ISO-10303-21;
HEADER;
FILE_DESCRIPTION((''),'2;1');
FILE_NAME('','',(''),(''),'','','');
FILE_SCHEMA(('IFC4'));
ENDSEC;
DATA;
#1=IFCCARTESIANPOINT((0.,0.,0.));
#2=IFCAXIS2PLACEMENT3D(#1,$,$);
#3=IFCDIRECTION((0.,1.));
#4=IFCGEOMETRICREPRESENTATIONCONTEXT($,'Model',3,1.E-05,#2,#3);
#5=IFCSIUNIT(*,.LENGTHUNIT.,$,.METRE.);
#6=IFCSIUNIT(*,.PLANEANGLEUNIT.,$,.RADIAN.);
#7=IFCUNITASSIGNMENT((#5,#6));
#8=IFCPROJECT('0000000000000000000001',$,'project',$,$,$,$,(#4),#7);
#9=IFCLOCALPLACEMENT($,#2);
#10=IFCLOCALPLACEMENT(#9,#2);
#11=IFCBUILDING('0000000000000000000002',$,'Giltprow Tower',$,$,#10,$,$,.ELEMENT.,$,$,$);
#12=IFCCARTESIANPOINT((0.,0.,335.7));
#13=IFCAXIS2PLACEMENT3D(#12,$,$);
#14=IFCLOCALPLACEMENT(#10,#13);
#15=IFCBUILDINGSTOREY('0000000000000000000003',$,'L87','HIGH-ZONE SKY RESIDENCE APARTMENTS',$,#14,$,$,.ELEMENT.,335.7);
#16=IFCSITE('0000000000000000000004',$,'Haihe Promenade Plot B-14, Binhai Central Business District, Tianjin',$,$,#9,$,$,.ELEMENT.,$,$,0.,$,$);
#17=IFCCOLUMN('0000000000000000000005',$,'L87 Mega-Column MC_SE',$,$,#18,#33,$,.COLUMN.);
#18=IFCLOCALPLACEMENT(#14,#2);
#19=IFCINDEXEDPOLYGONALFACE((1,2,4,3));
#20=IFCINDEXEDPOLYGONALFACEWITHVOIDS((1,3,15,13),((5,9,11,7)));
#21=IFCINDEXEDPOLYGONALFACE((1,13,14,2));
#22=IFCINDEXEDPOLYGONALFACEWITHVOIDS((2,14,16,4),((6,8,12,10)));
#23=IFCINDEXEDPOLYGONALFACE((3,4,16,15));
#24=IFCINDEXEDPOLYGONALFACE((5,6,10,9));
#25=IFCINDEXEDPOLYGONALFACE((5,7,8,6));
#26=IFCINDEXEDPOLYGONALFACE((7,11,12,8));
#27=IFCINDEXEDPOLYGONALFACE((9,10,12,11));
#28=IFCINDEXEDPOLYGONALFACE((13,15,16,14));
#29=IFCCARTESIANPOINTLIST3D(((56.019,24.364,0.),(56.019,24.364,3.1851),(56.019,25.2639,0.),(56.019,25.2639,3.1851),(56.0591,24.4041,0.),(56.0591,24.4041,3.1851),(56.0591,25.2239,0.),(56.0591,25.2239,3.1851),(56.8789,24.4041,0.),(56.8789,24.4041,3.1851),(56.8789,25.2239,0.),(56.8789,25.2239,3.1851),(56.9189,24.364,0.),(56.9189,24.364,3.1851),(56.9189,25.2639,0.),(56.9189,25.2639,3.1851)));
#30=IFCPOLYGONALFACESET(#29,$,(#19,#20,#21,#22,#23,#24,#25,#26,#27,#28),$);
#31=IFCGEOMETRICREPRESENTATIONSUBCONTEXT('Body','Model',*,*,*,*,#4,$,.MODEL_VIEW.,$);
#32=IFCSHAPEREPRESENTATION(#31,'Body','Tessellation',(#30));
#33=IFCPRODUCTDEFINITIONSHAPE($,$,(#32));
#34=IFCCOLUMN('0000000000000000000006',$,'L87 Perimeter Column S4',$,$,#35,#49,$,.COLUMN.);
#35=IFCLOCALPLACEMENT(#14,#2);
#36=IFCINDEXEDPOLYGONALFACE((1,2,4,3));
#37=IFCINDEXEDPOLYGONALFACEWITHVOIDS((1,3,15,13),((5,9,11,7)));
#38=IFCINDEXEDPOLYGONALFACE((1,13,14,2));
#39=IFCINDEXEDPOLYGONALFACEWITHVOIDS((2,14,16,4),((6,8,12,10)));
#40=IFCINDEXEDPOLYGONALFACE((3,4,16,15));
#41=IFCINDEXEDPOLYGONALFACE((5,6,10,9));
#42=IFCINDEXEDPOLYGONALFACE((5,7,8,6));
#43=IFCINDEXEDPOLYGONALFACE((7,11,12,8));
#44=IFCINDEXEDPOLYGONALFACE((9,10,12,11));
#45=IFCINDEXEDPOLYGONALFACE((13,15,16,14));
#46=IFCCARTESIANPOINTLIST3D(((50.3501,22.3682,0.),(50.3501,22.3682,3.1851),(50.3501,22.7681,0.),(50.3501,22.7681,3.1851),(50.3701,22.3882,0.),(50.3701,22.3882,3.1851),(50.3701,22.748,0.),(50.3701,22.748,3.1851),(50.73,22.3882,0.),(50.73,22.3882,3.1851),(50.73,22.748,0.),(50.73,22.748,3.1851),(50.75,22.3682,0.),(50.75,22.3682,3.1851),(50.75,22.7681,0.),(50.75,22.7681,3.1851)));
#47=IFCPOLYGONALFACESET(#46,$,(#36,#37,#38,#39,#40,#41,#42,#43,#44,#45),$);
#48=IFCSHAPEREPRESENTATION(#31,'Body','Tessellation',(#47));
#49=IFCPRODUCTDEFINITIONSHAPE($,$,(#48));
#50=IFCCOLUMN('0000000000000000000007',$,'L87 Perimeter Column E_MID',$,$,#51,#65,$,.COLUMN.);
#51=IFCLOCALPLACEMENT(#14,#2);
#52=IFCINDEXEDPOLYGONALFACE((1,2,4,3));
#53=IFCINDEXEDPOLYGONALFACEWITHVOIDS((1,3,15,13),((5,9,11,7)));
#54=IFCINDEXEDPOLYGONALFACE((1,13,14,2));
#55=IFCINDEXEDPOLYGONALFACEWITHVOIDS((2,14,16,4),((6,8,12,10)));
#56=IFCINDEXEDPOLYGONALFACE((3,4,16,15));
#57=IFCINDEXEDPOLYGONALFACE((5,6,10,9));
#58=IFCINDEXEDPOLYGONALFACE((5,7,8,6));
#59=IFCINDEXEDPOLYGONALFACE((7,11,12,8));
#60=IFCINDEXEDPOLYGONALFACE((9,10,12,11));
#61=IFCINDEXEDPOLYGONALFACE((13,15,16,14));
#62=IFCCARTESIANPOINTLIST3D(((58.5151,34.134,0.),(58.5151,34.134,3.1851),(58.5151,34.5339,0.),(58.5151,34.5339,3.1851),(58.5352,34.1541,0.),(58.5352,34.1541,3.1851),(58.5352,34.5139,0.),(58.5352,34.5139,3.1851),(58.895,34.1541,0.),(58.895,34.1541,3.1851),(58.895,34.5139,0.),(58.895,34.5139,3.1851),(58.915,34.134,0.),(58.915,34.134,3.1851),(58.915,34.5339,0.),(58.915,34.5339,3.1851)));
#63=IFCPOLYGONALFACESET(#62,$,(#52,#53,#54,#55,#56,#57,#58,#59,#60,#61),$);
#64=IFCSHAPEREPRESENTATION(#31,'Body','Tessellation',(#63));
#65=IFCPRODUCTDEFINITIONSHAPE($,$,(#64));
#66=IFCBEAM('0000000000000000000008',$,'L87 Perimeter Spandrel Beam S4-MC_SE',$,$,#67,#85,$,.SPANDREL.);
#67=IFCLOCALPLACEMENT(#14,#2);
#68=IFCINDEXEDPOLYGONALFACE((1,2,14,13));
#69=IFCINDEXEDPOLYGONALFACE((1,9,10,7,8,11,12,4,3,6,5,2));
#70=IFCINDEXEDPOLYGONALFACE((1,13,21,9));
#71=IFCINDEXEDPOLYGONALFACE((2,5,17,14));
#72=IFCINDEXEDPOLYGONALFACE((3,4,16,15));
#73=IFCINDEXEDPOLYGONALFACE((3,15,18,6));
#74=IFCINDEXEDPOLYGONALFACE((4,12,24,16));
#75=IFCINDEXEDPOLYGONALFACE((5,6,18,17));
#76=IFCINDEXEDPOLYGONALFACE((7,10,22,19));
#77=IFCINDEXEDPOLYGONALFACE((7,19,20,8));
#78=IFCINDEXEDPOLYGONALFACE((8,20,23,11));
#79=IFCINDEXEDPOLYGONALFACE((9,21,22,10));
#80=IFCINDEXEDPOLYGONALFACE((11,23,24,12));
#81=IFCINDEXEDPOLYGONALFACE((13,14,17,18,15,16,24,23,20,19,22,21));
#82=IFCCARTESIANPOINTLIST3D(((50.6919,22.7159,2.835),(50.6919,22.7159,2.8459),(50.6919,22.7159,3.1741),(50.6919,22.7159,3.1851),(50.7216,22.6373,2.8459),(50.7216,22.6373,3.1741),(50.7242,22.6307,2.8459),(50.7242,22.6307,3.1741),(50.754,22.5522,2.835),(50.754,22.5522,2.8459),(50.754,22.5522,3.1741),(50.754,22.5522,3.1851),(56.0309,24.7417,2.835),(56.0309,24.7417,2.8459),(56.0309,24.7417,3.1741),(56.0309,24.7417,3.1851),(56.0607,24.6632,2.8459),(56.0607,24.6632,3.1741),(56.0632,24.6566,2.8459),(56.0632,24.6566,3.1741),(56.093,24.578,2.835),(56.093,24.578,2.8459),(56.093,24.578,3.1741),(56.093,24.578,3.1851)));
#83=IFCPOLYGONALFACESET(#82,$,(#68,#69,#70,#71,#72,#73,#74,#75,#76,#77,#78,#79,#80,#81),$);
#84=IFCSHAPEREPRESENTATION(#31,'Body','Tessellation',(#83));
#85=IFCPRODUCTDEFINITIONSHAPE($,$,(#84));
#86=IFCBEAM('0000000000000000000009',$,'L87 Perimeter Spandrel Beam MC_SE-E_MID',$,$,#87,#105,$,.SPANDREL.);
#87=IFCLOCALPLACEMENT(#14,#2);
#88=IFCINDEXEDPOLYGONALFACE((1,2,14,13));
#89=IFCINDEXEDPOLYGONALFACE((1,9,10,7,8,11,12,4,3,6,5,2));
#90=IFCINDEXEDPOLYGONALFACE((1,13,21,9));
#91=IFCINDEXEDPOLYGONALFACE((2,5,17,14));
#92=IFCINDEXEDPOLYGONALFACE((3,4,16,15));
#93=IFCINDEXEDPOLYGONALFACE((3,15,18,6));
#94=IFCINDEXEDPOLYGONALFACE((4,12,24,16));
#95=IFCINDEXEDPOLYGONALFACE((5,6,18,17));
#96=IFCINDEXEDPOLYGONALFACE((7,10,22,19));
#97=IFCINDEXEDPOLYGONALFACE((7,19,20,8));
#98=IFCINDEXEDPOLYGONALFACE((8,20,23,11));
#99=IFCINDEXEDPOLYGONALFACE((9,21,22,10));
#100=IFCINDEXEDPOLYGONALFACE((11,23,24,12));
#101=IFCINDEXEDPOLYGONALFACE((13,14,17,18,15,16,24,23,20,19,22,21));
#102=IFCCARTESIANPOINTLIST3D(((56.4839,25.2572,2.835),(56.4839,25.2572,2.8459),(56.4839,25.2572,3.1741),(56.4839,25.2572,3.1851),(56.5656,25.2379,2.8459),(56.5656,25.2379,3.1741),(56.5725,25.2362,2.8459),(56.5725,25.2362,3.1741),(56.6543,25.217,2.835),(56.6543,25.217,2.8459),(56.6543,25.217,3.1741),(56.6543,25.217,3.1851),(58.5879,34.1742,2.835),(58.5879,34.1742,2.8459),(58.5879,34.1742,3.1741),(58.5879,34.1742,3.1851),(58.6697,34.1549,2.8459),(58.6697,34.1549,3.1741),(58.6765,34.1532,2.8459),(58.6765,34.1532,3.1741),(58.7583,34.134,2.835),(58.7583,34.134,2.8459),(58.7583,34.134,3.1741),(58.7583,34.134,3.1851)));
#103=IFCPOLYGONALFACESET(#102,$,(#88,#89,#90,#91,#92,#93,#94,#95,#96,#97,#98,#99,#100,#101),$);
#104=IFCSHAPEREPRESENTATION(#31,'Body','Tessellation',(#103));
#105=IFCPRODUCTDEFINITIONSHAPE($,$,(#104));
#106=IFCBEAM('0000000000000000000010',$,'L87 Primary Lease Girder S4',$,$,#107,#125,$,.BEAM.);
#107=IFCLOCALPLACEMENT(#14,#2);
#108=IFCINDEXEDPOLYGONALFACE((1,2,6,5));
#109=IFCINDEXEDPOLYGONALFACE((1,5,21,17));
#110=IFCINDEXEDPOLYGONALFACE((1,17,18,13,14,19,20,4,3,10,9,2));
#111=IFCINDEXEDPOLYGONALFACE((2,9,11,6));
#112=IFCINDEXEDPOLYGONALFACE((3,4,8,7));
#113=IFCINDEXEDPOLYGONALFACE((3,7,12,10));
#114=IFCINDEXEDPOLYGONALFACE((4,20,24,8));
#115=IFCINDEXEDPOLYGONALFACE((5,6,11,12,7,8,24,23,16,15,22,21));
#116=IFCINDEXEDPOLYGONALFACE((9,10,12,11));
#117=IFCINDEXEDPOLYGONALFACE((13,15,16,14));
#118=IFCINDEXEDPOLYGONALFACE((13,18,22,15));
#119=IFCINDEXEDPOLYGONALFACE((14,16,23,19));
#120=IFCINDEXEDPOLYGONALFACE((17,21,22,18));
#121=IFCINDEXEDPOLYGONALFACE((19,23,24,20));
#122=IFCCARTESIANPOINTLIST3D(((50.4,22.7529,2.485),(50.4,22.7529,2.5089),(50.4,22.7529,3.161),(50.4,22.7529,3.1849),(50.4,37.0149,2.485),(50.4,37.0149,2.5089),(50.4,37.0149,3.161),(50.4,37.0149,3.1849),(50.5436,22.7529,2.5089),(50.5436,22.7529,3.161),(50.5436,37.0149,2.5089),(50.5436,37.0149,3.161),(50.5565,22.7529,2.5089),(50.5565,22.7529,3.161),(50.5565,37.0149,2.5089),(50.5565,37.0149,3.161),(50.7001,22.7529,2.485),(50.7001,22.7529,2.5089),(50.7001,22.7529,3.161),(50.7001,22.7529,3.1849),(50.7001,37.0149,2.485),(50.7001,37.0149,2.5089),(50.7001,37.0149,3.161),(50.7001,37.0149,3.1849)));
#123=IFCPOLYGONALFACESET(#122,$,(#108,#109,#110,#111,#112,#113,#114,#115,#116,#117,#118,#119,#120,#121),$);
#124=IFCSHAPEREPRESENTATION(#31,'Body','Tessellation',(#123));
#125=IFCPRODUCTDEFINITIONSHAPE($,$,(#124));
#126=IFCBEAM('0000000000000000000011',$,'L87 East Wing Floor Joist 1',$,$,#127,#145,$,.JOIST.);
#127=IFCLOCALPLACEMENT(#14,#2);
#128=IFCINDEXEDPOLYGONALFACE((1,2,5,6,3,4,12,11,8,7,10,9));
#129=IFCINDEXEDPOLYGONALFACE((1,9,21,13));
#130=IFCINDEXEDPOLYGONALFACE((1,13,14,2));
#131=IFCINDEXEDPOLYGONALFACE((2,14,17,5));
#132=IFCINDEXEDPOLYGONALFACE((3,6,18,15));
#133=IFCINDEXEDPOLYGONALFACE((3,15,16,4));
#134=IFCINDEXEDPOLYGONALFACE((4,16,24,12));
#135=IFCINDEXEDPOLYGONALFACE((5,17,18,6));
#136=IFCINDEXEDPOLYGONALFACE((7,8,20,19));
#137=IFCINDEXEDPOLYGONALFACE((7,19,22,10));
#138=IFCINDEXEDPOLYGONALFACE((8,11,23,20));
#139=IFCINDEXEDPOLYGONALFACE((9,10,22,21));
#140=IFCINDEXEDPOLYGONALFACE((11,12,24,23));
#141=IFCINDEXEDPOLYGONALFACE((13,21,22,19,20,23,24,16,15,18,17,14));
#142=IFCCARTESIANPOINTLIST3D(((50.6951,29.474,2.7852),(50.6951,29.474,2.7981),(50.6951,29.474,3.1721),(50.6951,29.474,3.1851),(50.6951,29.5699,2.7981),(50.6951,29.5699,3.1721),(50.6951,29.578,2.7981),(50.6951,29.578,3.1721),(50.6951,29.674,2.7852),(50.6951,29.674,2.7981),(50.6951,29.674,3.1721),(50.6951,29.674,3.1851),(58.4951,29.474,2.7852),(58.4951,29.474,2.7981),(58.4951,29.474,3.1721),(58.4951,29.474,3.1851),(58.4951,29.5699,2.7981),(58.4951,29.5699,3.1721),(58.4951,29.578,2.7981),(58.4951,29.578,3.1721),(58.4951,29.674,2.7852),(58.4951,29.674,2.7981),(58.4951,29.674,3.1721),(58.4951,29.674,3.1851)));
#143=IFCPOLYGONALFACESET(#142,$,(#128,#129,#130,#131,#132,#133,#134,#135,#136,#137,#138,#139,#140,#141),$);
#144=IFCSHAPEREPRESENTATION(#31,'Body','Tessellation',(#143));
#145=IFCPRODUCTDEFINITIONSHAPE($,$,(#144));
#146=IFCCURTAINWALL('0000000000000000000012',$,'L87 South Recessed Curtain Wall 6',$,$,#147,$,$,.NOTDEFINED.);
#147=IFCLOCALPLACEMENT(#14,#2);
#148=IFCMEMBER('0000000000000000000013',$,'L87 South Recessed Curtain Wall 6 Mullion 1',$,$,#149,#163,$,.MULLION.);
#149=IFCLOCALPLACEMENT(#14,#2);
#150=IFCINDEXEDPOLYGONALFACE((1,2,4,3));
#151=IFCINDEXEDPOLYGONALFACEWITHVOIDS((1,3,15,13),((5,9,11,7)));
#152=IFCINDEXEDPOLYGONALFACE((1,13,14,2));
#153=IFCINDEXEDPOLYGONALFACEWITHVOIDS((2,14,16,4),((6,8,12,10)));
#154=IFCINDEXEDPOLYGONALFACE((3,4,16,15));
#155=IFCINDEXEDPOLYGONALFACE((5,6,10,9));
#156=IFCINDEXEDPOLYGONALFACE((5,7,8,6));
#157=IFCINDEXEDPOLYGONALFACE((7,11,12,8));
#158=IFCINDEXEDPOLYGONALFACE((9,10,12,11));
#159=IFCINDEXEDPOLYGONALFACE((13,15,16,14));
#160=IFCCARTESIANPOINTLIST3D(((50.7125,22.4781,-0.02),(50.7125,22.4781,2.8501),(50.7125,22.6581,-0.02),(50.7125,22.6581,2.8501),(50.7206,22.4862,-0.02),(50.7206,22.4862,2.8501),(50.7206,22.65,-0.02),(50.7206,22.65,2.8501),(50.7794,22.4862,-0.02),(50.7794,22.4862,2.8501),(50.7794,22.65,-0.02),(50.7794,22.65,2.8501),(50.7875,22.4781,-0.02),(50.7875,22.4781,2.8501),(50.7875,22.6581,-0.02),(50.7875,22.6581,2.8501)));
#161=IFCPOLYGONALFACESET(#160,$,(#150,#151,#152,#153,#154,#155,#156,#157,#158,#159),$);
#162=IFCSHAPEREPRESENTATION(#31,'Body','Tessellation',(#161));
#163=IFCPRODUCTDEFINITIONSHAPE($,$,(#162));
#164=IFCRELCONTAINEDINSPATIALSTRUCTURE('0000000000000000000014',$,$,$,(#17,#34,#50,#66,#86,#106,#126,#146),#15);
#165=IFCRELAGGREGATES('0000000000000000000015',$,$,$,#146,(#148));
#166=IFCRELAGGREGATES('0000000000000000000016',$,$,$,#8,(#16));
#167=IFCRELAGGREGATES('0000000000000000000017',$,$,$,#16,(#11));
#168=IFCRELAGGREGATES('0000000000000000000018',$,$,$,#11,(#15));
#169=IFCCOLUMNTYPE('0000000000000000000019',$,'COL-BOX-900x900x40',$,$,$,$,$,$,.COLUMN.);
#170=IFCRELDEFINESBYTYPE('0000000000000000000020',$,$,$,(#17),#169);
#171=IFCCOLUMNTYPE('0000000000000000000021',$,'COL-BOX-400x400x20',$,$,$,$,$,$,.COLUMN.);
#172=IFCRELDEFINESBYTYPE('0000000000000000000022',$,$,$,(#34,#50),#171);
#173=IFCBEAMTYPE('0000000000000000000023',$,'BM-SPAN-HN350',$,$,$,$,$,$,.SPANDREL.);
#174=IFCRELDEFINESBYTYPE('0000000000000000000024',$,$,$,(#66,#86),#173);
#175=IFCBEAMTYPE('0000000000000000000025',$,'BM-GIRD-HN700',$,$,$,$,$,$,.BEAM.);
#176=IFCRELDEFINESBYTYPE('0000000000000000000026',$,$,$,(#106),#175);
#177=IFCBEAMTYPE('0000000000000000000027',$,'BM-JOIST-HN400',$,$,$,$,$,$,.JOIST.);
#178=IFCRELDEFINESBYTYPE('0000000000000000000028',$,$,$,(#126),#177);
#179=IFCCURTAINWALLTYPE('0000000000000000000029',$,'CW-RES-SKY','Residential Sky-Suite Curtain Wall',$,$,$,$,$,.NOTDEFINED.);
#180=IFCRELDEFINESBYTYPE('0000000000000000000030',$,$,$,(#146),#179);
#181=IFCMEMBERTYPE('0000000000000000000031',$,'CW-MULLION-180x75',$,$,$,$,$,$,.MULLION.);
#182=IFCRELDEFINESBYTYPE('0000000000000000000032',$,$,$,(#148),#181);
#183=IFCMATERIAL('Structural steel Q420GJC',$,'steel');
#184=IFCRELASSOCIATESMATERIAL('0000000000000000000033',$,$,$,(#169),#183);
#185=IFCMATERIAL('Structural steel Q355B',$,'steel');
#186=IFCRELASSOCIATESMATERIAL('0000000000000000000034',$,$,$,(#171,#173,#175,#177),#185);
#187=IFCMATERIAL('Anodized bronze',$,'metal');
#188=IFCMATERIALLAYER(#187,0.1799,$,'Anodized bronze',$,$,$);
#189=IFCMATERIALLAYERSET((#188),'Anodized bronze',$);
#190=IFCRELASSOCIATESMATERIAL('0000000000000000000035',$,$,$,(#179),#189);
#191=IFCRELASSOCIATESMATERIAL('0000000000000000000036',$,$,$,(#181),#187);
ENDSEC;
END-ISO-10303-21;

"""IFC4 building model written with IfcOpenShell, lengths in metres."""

from ifc_helpers import new_model, si_unit, direction, frame, origin, origin_2d, place, context, subcontext, project, spatial, hollow_rectangle, i_section, extrude, source, transform, mapped, material, layer, layer_set, material_profile, profile_set, type_object, element, aggregate, save


model = new_model("IFC4")

# Units and contexts
model_context = context("Model", 3, precision=1e-05, world=origin(), true_north=direction((0.0, 1.0)))
body_context = subcontext(model_context, "Body", "Model", "MODEL_VIEW")
ifc_project = project(units=[si_unit("LENGTHUNIT", "METRE"), si_unit("PLANEANGLEUNIT", "RADIAN")], contexts=[model_context])

# Site, building, storey
site_placement = place(None, origin())
site = spatial("IfcSite", under=ifc_project, at=site_placement, Name="Haihe Promenade Plot B-14, Binhai Central Business District, Tianjin", CompositionType="ELEMENT", RefElevation=0.0)
building_placement = place(site_placement, origin())
building = spatial("IfcBuilding", under=site, at=building_placement, Name="Giltprow Tower", CompositionType="ELEMENT")
storey_placement = place(building_placement, frame((0.0, 0.0, 335.7)))
storey = spatial("IfcBuildingStorey", under=building, at=storey_placement, Name="L87", Description="HIGH-ZONE SKY RESIDENCE APARTMENTS", CompositionType="ELEMENT", Elevation=335.7)

# Columns
ifc_material_1 = material(Name="Structural steel Q420GJC", Category="steel")
ifc_material_profile_1 = material_profile(ifc_material_1, hollow_rectangle(XDim=0.8999, YDim=0.8999, WallThickness=0.04, at=origin_2d()), Name="BOX 900x900x40")
ifc_profile_set_1 = profile_set([ifc_material_profile_1], Name="Structural steel Q420GJC")
column_type_1 = type_object("IfcColumnType", Name="COL-BOX-900x900x40", PredefinedType="COLUMN", material=ifc_profile_set_1)
shared_shape_1 = source(origin(), body_context, "Body", "SweptSolid", [
    extrude(hollow_rectangle(XDim=0.8999, YDim=0.8999, WallThickness=0.04, at=origin_2d()), origin(), (0.0, 0.0, 1.0), 3.1851),
])
column_placement = place(storey_placement, frame((56.469, 24.814, 0.0), z_axis=(0.0, 0.0, 1.0), x_axis=(1.0, 0.0, 0.0)))
element("IfcColumn", 1, at=column_placement, inside=storey, type_object=column_type_1, Name="L87 Mega-Column MC_SE", PredefinedType="COLUMN", context=body_context, shape_type="MappedRepresentation", body=[
    mapped(shared_shape_1, transform((0.0, 0.0, 0.0), x_axis=(1.0, 0.0, 0.0), y_axis=(0.0, 1.0, 0.0), z_axis=(0.0, 0.0, 1.0), scale=1.0)),
])
ifc_material_2 = material(Name="Structural steel Q355B", Category="steel")
ifc_material_profile_2 = material_profile(ifc_material_2, hollow_rectangle(XDim=0.3999, YDim=0.3999, WallThickness=0.02, at=origin_2d()), Name="BOX 400x400x20")
ifc_profile_set_2 = profile_set([ifc_material_profile_2], Name="Structural steel Q355B")
column_type_2 = type_object("IfcColumnType", Name="COL-BOX-400x400x20", PredefinedType="COLUMN", material=ifc_profile_set_2)
shared_shape_2 = source(origin(), body_context, "Body", "SweptSolid", [
    extrude(hollow_rectangle(XDim=0.3999, YDim=0.3999, WallThickness=0.02, at=origin_2d()), origin(), (0.0, 0.0, 1.0), 3.1851),
])
for number, where, z_axis, x_axis, name in (
    (2, (50.55, 22.5681, 0.0), (0.0, 0.0, 1.0), (1.0, 0.0, 0.0), "L87 Perimeter Column S4"),
    (3, (58.7151, 34.334, 0.0), (0.0, 0.0, 1.0), (1.0, 0.0, 0.0), "L87 Perimeter Column E_MID"),
):
    element("IfcColumn", number, at=place(storey_placement, frame(where, z_axis=z_axis, x_axis=x_axis)), inside=storey, type_object=column_type_2, Name=name, PredefinedType="COLUMN", context=body_context, shape_type="MappedRepresentation", body=[
        mapped(shared_shape_2, transform((0.0, 0.0, 0.0), x_axis=(1.0, 0.0, 0.0), y_axis=(0.0, 1.0, 0.0), z_axis=(0.0, 0.0, 1.0), scale=1.0)),
    ])

# Beams
ifc_material_profile_3 = material_profile(ifc_material_2, i_section(OverallWidth=0.175, OverallDepth=0.3501, WebThickness=0.0071, FlangeThickness=0.011, at=origin_2d()), Name="HN 350x175x7x11")
ifc_profile_set_3 = profile_set([ifc_material_profile_3], Name="Structural steel Q355B")
beam_type_1 = type_object("IfcBeamType", Name="BM-SPAN-HN350", PredefinedType="SPANDREL", material=ifc_profile_set_3)
shared_shape_3 = source(origin(), body_context, "Body", "SweptSolid", [
    extrude(i_section(OverallWidth=0.175, OverallDepth=0.3501, WebThickness=0.0071, FlangeThickness=0.011, at=origin_2d()), origin(), (0.0, 0.0, 1.0), 5.7104),
])
beam_1_placement = place(storey_placement, frame((50.7229, 22.634, 3.01), z_axis=(0.934957, 0.354761, 0.0), x_axis=(-0.354761, 0.934957, 0.0)))
element("IfcBeam", 4, at=beam_1_placement, inside=storey, type_object=beam_type_1, Name="L87 Perimeter Spandrel Beam S4-MC_SE", PredefinedType="SPANDREL", context=body_context, shape_type="MappedRepresentation", body=[
    mapped(shared_shape_3, transform((0.0, 0.0, 0.0), x_axis=(1.0, 0.0, 0.0), y_axis=(0.0, 1.0, 0.0), z_axis=(0.0, 0.0, 1.0), scale=1.0)),
])
shared_shape_4 = source(origin(), body_context, "Body", "SweptSolid", [
    extrude(i_section(OverallWidth=0.175, OverallDepth=0.3501, WebThickness=0.0071, FlangeThickness=0.011, at=origin_2d()), origin(), (0.0, 0.0, 1.0), 9.1619),
])
beam_2_placement = place(storey_placement, frame((56.5691, 25.2371, 3.01), z_axis=(0.229648, 0.973274, 0.0), x_axis=(-0.973274, 0.229648, 0.0)))
element("IfcBeam", 5, at=beam_2_placement, inside=storey, type_object=beam_type_1, Name="L87 Perimeter Spandrel Beam MC_SE-E_MID", PredefinedType="SPANDREL", context=body_context, shape_type="MappedRepresentation", body=[
    mapped(shared_shape_4, transform((0.0, 0.0, 0.0), x_axis=(1.0, 0.0, 0.0), y_axis=(0.0, 1.0, 0.0), z_axis=(0.0, 0.0, 1.0), scale=1.0)),
])
ifc_material_profile_4 = material_profile(ifc_material_2, i_section(OverallWidth=0.3, OverallDepth=0.7, WebThickness=0.0129, FlangeThickness=0.0239, at=origin_2d()), Name="HN 700x300x13x24")
ifc_profile_set_4 = profile_set([ifc_material_profile_4], Name="Structural steel Q355B")
beam_type_2 = type_object("IfcBeamType", Name="BM-GIRD-HN700", PredefinedType="BEAM", material=ifc_profile_set_4)
shared_shape_5 = source(origin(), body_context, "Body", "SweptSolid", [
    extrude(i_section(OverallWidth=0.3, OverallDepth=0.7, WebThickness=0.0129, FlangeThickness=0.0239, at=origin_2d()), origin(), (0.0, 0.0, 1.0), 14.262),
])
beam_3_placement = place(storey_placement, frame((50.55, 22.7529, 2.835), z_axis=(0.0, 1.0, 0.0), x_axis=(-1.0, 0.0, 0.0)))
element("IfcBeam", 6, at=beam_3_placement, inside=storey, type_object=beam_type_2, Name="L87 Primary Lease Girder S4", PredefinedType="BEAM", context=body_context, shape_type="MappedRepresentation", body=[
    mapped(shared_shape_5, transform((0.0, 0.0, 0.0), x_axis=(1.0, 0.0, 0.0), y_axis=(0.0, 1.0, 0.0), z_axis=(0.0, 0.0, 1.0), scale=1.0)),
])
ifc_material_profile_5 = material_profile(ifc_material_2, i_section(OverallWidth=0.2, OverallDepth=0.3999, WebThickness=0.0081, FlangeThickness=0.0129, at=origin_2d()), Name="HN 400x200x8x13")
ifc_profile_set_5 = profile_set([ifc_material_profile_5], Name="Structural steel Q355B")
beam_type_3 = type_object("IfcBeamType", Name="BM-JOIST-HN400", PredefinedType="JOIST", material=ifc_profile_set_5)
shared_shape_6 = source(origin(), body_context, "Body", "SweptSolid", [
    extrude(i_section(OverallWidth=0.2, OverallDepth=0.3999, WebThickness=0.0081, FlangeThickness=0.0129, at=origin_2d()), origin(), (0.0, 0.0, 1.0), 7.8),
])
beam_4_placement = place(storey_placement, frame((50.6951, 29.574, 2.9851), z_axis=(1.0, 0.0, 0.0), x_axis=(0.0, 1.0, 0.0)))
element("IfcBeam", 7, at=beam_4_placement, inside=storey, type_object=beam_type_3, Name="L87 East Wing Floor Joist 1", PredefinedType="JOIST", context=body_context, shape_type="MappedRepresentation", body=[
    mapped(shared_shape_6, transform((0.0, 0.0, 0.0), x_axis=(1.0, 0.0, 0.0), y_axis=(0.0, 1.0, 0.0), z_axis=(0.0, 0.0, 1.0), scale=1.0)),
])

# Curtain wall, member
ifc_material_3 = material(Name="Anodized bronze", Category="metal")
ifc_layer_1 = layer(ifc_material_3, 0.1799, Name="Anodized bronze")
ifc_layer_set_1 = layer_set([ifc_layer_1], Name="Anodized bronze")
curtain_wall_type = type_object("IfcCurtainWallType", Name="CW-RES-SKY", Description="Residential Sky-Suite Curtain Wall", PredefinedType="NOTDEFINED", material=ifc_layer_set_1)
curtain_wall_placement = place(storey_placement, origin())
curtain_wall = element("IfcCurtainWall", 8, at=curtain_wall_placement, inside=storey, type_object=curtain_wall_type, Name="L87 South Recessed Curtain Wall 6", PredefinedType="NOTDEFINED")
ifc_material_profile_6 = material_profile(ifc_material_3, hollow_rectangle(XDim=0.075, YDim=0.1799, WallThickness=0.0081, at=origin_2d()), Name="RHS 180x75x8")
ifc_profile_set_6 = profile_set([ifc_material_profile_6], Name="Anodized bronze")
member_type_1 = type_object("IfcMemberType", Name="CW-MULLION-180x75", PredefinedType="MULLION", material=ifc_profile_set_6)
shared_shape_7 = source(origin(), body_context, "Body", "SweptSolid", [
    extrude(hollow_rectangle(XDim=0.075, YDim=0.1799, WallThickness=0.0081, at=origin_2d()), origin(), (0.0, 0.0, 1.0), 2.8701),
])
member_1_placement = place(storey_placement, frame((50.75, 22.5681, -0.02), z_axis=(0.0, 0.0, 1.0), x_axis=(1.0, 0.0, 0.0)))
member_1 = element("IfcMember", 9, at=member_1_placement, type_object=member_type_1, Name="L87 South Recessed Curtain Wall 6 Mullion 1", PredefinedType="MULLION", context=body_context, shape_type="MappedRepresentation", body=[
    mapped(shared_shape_7, transform((0.0, 0.0, 0.0), x_axis=(1.0, 0.0, 0.0), y_axis=(0.0, 1.0, 0.0), z_axis=(0.0, 0.0, 1.0), scale=1.0)),
])
aggregate(curtain_wall, [member_1])

save(model, "model.ifc")
